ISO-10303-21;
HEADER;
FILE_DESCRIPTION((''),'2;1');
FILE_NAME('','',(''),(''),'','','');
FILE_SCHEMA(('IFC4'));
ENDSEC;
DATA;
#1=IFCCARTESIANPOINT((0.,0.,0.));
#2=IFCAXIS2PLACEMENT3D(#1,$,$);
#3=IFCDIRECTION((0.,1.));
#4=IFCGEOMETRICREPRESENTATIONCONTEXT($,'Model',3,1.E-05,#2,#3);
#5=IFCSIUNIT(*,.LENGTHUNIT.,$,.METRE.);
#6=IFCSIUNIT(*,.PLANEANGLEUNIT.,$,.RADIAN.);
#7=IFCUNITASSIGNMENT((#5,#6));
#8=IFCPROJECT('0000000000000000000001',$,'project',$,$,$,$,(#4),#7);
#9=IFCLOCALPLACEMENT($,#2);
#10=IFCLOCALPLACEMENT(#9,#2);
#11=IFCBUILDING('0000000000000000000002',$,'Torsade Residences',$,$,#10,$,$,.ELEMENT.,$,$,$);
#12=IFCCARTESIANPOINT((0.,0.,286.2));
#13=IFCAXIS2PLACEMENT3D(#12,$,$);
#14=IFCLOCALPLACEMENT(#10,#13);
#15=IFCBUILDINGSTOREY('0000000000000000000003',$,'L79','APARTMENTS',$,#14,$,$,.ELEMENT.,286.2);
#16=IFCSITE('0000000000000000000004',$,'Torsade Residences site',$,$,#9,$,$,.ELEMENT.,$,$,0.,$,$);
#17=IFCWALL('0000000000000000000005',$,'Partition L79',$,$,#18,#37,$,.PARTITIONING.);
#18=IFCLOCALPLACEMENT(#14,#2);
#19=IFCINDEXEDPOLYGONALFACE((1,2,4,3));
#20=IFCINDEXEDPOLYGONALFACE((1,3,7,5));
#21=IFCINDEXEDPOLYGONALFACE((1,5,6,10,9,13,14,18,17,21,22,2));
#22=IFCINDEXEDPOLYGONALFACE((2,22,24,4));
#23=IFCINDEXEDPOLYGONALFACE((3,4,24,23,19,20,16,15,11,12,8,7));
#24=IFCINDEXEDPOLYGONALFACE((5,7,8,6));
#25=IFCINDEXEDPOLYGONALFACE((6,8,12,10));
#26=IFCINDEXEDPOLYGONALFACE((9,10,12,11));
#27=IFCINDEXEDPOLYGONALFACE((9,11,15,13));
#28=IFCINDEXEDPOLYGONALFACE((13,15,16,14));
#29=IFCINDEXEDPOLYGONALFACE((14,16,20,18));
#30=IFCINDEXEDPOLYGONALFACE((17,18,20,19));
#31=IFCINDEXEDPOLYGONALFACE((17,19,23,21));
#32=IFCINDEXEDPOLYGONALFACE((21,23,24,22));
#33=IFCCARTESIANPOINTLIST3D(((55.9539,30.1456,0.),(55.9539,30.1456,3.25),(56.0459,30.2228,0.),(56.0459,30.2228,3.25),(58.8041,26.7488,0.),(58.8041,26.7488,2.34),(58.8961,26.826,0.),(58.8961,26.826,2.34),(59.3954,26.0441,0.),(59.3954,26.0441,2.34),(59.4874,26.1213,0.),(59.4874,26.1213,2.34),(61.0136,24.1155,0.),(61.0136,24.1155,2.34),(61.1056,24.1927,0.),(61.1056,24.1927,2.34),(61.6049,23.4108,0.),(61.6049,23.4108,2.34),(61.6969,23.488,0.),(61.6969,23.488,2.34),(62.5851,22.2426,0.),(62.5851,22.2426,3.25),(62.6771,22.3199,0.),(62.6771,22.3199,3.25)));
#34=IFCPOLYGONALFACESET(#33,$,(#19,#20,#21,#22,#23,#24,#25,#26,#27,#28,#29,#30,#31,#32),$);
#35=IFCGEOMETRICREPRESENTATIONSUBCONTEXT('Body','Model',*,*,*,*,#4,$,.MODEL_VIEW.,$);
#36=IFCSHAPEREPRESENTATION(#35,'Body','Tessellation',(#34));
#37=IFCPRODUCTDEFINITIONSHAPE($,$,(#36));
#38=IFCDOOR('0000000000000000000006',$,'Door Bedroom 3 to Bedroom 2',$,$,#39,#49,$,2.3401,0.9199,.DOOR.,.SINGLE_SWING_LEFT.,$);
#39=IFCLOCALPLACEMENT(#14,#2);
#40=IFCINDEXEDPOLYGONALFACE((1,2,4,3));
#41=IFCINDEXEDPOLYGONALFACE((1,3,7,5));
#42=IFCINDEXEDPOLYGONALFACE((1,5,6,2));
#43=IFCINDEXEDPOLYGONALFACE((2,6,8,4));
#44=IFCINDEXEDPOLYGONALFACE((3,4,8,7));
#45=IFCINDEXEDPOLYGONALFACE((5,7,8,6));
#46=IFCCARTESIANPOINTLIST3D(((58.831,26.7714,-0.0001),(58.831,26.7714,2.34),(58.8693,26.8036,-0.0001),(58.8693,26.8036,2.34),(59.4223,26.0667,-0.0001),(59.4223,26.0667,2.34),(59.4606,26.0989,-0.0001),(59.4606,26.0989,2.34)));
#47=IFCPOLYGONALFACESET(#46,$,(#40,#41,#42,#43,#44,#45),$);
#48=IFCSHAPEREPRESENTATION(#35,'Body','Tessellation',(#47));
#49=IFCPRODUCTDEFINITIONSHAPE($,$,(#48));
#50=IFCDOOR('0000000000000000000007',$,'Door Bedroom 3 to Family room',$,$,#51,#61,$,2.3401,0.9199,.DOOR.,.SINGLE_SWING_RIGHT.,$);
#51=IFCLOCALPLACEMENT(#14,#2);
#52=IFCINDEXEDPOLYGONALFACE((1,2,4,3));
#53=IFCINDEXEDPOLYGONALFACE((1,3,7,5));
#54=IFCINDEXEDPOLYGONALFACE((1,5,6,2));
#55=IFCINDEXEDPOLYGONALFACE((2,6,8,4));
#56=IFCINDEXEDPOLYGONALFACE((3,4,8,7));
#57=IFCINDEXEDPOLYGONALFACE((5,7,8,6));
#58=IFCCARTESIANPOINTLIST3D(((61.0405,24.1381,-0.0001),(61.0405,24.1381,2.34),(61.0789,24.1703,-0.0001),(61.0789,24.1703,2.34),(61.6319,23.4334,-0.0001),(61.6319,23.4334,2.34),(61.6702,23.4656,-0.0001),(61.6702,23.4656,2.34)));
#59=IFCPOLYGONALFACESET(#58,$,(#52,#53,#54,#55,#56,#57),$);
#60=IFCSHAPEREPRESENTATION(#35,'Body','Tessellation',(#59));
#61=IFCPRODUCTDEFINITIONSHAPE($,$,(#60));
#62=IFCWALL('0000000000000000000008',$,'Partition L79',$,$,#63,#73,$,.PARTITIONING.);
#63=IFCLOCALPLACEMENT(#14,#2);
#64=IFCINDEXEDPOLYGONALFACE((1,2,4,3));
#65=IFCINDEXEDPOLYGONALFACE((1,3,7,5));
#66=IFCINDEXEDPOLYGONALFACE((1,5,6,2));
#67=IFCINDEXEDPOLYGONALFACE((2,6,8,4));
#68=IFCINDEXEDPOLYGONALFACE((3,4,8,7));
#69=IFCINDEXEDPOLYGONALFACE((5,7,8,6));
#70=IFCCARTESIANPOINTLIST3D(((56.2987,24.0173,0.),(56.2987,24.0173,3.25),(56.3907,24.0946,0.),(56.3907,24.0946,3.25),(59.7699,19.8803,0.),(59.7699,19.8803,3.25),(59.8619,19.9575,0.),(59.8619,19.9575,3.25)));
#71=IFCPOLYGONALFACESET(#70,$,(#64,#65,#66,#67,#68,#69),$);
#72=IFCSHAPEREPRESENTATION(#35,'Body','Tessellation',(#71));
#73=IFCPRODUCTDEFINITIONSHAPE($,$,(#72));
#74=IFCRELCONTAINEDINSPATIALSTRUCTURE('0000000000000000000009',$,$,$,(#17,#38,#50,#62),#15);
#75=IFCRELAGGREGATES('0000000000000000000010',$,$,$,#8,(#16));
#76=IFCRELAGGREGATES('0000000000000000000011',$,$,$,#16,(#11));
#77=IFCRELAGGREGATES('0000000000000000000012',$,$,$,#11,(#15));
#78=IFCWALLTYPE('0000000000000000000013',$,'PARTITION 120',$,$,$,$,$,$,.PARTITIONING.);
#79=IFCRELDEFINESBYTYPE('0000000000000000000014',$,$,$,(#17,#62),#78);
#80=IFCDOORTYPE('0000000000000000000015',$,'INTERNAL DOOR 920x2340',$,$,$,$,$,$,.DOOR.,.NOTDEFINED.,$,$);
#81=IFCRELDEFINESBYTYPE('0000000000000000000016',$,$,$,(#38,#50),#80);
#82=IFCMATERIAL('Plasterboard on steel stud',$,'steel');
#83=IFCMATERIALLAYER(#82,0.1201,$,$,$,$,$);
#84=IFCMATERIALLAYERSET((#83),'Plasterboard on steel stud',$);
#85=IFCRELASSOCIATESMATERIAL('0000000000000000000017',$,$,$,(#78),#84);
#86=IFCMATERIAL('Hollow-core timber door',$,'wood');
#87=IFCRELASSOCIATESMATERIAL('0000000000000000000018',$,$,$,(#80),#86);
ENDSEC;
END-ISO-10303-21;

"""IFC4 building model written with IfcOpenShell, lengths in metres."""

from ifc_helpers import new_model, si_unit, direction, frame, frame_2d, origin, place, context, subcontext, project, spatial, rectangle, extrude, material, layer, layer_set, type_object, element, fill, save


model = new_model("IFC4")

# Units and contexts
model_context = context("Model", 3, precision=1e-05, world=origin(), true_north=direction((0.0, 1.0)))
body_context = subcontext(model_context, "Body", "Model", "MODEL_VIEW")
ifc_project = project(units=[si_unit("LENGTHUNIT", "METRE"), si_unit("PLANEANGLEUNIT", "RADIAN")], contexts=[model_context])

# Site, building, storey
site_placement = place(None, origin())
site = spatial("IfcSite", under=ifc_project, at=site_placement, Name="Torsade Residences site", CompositionType="ELEMENT", RefElevation=0.0)
building_placement = place(site_placement, origin())
building = spatial("IfcBuilding", under=site, at=building_placement, Name="Torsade Residences", CompositionType="ELEMENT")
storey_placement = place(building_placement, frame((0.0, 0.0, 286.2)))
storey = spatial("IfcBuildingStorey", under=building, at=storey_placement, Name="L79", Description="APARTMENTS", CompositionType="ELEMENT", Elevation=286.2)

# Wall, openings, doors
ifc_material_1 = material(Name="Plasterboard on steel stud", Category="steel")
ifc_layer_1 = layer(ifc_material_1, 0.1201)
ifc_layer_set_1 = layer_set([ifc_layer_1], Name="Plasterboard on steel stud")
wall_type_1 = type_object("IfcWallType", Name="PARTITION 120", PredefinedType="PARTITIONING", material=ifc_layer_set_1)
wall_1_placement = place(storey_placement, frame((62.6311, 22.2812, 0.0), z_axis=(0.0, 0.0, 1.0), x_axis=(-0.642779, 0.766052, 0.0)))
wall_1 = element("IfcWall", 1, at=wall_1_placement, inside=storey, type_object=wall_type_1, Name="Partition L79", PredefinedType="PARTITIONING", context=body_context, shape_type="SweptSolid", body=[
    extrude(rectangle(XDim=10.3164, YDim=0.1201, at=frame_2d((5.1582, 0.0))), origin(), (0.0, 0.0, 1.0), 3.25),
])
opening_1_placement = place(wall_1_placement, frame((4.9624, 0.0, 0.0)))
opening_1 = element("IfcOpeningElement", 2, at=opening_1_placement, cuts=wall_1, PredefinedType="OPENING", context=body_context, shape_type="SweptSolid", body=[
    extrude(rectangle(XDim=0.9199, YDim=2.3401, at=frame_2d((0.46, 1.1699))), frame((0.0, 0.0701, 0.0), z_axis=(0.0, -1.0, 0.0), x_axis=(1.0, 0.0, 0.0)), (0.0, 0.0, 1.0), 0.1401),
])
opening_2_placement = place(wall_1_placement, frame((1.5249, 0.0, 0.0)))
opening_2 = element("IfcOpeningElement", 3, at=opening_2_placement, cuts=wall_1, PredefinedType="OPENING", context=body_context, shape_type="SweptSolid", body=[
    extrude(rectangle(XDim=0.9199, YDim=2.3401, at=frame_2d((0.46, 1.1699))), frame((0.0, 0.0701, 0.0), z_axis=(0.0, -1.0, 0.0), x_axis=(1.0, 0.0, 0.0)), (0.0, 0.0, 1.0), 0.1401),
])
ifc_material_2 = material(Name="Hollow-core timber door", Category="wood")
door_type_1 = type_object("IfcDoorType", Name="INTERNAL DOOR 920x2340", OperationType="NOTDEFINED", PredefinedType="DOOR", material=ifc_material_2)
door_1_placement = place(opening_1_placement, origin())
door_1 = element("IfcDoor", 4, at=door_1_placement, inside=storey, type_object=door_type_1, Name="Door Bedroom 3 to Bedroom 2", OperationType="SINGLE_SWING_LEFT", OverallHeight=2.3401, OverallWidth=0.9199, PredefinedType="DOOR", context=body_context, shape_type="SweptSolid", body=[
    extrude(rectangle(XDim=0.9199, YDim=2.3401, at=frame_2d((0.46, 1.1699))), frame((0.0, 0.0249, 0.0), z_axis=(0.0, -1.0, 0.0), x_axis=(1.0, 0.0, 0.0)), (0.0, 0.0, 1.0), 0.05),
])
fill(opening_1, door_1)
door_2_placement = place(opening_2_placement, origin())
door_2 = element("IfcDoor", 5, at=door_2_placement, inside=storey, type_object=door_type_1, Name="Door Bedroom 3 to Family room", OperationType="SINGLE_SWING_RIGHT", OverallHeight=2.3401, OverallWidth=0.9199, PredefinedType="DOOR", context=body_context, shape_type="SweptSolid", body=[
    extrude(rectangle(XDim=0.9199, YDim=2.3401, at=frame_2d((0.46, 1.1699))), frame((0.0, 0.0249, 0.0), z_axis=(0.0, -1.0, 0.0), x_axis=(1.0, 0.0, 0.0)), (0.0, 0.0, 1.0), 0.05),
])
fill(opening_2, door_2)

# Wall
wall_2_placement = place(storey_placement, frame((59.8159, 19.9189, 0.0), z_axis=(0.0, 0.0, 1.0), x_axis=(-0.642773, 0.766057, 0.0)))
element("IfcWall", 6, at=wall_2_placement, inside=storey, type_object=wall_type_1, Name="Partition L79", PredefinedType="PARTITIONING", context=body_context, shape_type="SweptSolid", body=[
    extrude(rectangle(XDim=5.4004, YDim=0.1201, at=frame_2d((2.7002, 0.0))), origin(), (0.0, 0.0, 1.0), 3.25),
])

save(model, "model.ifc")
